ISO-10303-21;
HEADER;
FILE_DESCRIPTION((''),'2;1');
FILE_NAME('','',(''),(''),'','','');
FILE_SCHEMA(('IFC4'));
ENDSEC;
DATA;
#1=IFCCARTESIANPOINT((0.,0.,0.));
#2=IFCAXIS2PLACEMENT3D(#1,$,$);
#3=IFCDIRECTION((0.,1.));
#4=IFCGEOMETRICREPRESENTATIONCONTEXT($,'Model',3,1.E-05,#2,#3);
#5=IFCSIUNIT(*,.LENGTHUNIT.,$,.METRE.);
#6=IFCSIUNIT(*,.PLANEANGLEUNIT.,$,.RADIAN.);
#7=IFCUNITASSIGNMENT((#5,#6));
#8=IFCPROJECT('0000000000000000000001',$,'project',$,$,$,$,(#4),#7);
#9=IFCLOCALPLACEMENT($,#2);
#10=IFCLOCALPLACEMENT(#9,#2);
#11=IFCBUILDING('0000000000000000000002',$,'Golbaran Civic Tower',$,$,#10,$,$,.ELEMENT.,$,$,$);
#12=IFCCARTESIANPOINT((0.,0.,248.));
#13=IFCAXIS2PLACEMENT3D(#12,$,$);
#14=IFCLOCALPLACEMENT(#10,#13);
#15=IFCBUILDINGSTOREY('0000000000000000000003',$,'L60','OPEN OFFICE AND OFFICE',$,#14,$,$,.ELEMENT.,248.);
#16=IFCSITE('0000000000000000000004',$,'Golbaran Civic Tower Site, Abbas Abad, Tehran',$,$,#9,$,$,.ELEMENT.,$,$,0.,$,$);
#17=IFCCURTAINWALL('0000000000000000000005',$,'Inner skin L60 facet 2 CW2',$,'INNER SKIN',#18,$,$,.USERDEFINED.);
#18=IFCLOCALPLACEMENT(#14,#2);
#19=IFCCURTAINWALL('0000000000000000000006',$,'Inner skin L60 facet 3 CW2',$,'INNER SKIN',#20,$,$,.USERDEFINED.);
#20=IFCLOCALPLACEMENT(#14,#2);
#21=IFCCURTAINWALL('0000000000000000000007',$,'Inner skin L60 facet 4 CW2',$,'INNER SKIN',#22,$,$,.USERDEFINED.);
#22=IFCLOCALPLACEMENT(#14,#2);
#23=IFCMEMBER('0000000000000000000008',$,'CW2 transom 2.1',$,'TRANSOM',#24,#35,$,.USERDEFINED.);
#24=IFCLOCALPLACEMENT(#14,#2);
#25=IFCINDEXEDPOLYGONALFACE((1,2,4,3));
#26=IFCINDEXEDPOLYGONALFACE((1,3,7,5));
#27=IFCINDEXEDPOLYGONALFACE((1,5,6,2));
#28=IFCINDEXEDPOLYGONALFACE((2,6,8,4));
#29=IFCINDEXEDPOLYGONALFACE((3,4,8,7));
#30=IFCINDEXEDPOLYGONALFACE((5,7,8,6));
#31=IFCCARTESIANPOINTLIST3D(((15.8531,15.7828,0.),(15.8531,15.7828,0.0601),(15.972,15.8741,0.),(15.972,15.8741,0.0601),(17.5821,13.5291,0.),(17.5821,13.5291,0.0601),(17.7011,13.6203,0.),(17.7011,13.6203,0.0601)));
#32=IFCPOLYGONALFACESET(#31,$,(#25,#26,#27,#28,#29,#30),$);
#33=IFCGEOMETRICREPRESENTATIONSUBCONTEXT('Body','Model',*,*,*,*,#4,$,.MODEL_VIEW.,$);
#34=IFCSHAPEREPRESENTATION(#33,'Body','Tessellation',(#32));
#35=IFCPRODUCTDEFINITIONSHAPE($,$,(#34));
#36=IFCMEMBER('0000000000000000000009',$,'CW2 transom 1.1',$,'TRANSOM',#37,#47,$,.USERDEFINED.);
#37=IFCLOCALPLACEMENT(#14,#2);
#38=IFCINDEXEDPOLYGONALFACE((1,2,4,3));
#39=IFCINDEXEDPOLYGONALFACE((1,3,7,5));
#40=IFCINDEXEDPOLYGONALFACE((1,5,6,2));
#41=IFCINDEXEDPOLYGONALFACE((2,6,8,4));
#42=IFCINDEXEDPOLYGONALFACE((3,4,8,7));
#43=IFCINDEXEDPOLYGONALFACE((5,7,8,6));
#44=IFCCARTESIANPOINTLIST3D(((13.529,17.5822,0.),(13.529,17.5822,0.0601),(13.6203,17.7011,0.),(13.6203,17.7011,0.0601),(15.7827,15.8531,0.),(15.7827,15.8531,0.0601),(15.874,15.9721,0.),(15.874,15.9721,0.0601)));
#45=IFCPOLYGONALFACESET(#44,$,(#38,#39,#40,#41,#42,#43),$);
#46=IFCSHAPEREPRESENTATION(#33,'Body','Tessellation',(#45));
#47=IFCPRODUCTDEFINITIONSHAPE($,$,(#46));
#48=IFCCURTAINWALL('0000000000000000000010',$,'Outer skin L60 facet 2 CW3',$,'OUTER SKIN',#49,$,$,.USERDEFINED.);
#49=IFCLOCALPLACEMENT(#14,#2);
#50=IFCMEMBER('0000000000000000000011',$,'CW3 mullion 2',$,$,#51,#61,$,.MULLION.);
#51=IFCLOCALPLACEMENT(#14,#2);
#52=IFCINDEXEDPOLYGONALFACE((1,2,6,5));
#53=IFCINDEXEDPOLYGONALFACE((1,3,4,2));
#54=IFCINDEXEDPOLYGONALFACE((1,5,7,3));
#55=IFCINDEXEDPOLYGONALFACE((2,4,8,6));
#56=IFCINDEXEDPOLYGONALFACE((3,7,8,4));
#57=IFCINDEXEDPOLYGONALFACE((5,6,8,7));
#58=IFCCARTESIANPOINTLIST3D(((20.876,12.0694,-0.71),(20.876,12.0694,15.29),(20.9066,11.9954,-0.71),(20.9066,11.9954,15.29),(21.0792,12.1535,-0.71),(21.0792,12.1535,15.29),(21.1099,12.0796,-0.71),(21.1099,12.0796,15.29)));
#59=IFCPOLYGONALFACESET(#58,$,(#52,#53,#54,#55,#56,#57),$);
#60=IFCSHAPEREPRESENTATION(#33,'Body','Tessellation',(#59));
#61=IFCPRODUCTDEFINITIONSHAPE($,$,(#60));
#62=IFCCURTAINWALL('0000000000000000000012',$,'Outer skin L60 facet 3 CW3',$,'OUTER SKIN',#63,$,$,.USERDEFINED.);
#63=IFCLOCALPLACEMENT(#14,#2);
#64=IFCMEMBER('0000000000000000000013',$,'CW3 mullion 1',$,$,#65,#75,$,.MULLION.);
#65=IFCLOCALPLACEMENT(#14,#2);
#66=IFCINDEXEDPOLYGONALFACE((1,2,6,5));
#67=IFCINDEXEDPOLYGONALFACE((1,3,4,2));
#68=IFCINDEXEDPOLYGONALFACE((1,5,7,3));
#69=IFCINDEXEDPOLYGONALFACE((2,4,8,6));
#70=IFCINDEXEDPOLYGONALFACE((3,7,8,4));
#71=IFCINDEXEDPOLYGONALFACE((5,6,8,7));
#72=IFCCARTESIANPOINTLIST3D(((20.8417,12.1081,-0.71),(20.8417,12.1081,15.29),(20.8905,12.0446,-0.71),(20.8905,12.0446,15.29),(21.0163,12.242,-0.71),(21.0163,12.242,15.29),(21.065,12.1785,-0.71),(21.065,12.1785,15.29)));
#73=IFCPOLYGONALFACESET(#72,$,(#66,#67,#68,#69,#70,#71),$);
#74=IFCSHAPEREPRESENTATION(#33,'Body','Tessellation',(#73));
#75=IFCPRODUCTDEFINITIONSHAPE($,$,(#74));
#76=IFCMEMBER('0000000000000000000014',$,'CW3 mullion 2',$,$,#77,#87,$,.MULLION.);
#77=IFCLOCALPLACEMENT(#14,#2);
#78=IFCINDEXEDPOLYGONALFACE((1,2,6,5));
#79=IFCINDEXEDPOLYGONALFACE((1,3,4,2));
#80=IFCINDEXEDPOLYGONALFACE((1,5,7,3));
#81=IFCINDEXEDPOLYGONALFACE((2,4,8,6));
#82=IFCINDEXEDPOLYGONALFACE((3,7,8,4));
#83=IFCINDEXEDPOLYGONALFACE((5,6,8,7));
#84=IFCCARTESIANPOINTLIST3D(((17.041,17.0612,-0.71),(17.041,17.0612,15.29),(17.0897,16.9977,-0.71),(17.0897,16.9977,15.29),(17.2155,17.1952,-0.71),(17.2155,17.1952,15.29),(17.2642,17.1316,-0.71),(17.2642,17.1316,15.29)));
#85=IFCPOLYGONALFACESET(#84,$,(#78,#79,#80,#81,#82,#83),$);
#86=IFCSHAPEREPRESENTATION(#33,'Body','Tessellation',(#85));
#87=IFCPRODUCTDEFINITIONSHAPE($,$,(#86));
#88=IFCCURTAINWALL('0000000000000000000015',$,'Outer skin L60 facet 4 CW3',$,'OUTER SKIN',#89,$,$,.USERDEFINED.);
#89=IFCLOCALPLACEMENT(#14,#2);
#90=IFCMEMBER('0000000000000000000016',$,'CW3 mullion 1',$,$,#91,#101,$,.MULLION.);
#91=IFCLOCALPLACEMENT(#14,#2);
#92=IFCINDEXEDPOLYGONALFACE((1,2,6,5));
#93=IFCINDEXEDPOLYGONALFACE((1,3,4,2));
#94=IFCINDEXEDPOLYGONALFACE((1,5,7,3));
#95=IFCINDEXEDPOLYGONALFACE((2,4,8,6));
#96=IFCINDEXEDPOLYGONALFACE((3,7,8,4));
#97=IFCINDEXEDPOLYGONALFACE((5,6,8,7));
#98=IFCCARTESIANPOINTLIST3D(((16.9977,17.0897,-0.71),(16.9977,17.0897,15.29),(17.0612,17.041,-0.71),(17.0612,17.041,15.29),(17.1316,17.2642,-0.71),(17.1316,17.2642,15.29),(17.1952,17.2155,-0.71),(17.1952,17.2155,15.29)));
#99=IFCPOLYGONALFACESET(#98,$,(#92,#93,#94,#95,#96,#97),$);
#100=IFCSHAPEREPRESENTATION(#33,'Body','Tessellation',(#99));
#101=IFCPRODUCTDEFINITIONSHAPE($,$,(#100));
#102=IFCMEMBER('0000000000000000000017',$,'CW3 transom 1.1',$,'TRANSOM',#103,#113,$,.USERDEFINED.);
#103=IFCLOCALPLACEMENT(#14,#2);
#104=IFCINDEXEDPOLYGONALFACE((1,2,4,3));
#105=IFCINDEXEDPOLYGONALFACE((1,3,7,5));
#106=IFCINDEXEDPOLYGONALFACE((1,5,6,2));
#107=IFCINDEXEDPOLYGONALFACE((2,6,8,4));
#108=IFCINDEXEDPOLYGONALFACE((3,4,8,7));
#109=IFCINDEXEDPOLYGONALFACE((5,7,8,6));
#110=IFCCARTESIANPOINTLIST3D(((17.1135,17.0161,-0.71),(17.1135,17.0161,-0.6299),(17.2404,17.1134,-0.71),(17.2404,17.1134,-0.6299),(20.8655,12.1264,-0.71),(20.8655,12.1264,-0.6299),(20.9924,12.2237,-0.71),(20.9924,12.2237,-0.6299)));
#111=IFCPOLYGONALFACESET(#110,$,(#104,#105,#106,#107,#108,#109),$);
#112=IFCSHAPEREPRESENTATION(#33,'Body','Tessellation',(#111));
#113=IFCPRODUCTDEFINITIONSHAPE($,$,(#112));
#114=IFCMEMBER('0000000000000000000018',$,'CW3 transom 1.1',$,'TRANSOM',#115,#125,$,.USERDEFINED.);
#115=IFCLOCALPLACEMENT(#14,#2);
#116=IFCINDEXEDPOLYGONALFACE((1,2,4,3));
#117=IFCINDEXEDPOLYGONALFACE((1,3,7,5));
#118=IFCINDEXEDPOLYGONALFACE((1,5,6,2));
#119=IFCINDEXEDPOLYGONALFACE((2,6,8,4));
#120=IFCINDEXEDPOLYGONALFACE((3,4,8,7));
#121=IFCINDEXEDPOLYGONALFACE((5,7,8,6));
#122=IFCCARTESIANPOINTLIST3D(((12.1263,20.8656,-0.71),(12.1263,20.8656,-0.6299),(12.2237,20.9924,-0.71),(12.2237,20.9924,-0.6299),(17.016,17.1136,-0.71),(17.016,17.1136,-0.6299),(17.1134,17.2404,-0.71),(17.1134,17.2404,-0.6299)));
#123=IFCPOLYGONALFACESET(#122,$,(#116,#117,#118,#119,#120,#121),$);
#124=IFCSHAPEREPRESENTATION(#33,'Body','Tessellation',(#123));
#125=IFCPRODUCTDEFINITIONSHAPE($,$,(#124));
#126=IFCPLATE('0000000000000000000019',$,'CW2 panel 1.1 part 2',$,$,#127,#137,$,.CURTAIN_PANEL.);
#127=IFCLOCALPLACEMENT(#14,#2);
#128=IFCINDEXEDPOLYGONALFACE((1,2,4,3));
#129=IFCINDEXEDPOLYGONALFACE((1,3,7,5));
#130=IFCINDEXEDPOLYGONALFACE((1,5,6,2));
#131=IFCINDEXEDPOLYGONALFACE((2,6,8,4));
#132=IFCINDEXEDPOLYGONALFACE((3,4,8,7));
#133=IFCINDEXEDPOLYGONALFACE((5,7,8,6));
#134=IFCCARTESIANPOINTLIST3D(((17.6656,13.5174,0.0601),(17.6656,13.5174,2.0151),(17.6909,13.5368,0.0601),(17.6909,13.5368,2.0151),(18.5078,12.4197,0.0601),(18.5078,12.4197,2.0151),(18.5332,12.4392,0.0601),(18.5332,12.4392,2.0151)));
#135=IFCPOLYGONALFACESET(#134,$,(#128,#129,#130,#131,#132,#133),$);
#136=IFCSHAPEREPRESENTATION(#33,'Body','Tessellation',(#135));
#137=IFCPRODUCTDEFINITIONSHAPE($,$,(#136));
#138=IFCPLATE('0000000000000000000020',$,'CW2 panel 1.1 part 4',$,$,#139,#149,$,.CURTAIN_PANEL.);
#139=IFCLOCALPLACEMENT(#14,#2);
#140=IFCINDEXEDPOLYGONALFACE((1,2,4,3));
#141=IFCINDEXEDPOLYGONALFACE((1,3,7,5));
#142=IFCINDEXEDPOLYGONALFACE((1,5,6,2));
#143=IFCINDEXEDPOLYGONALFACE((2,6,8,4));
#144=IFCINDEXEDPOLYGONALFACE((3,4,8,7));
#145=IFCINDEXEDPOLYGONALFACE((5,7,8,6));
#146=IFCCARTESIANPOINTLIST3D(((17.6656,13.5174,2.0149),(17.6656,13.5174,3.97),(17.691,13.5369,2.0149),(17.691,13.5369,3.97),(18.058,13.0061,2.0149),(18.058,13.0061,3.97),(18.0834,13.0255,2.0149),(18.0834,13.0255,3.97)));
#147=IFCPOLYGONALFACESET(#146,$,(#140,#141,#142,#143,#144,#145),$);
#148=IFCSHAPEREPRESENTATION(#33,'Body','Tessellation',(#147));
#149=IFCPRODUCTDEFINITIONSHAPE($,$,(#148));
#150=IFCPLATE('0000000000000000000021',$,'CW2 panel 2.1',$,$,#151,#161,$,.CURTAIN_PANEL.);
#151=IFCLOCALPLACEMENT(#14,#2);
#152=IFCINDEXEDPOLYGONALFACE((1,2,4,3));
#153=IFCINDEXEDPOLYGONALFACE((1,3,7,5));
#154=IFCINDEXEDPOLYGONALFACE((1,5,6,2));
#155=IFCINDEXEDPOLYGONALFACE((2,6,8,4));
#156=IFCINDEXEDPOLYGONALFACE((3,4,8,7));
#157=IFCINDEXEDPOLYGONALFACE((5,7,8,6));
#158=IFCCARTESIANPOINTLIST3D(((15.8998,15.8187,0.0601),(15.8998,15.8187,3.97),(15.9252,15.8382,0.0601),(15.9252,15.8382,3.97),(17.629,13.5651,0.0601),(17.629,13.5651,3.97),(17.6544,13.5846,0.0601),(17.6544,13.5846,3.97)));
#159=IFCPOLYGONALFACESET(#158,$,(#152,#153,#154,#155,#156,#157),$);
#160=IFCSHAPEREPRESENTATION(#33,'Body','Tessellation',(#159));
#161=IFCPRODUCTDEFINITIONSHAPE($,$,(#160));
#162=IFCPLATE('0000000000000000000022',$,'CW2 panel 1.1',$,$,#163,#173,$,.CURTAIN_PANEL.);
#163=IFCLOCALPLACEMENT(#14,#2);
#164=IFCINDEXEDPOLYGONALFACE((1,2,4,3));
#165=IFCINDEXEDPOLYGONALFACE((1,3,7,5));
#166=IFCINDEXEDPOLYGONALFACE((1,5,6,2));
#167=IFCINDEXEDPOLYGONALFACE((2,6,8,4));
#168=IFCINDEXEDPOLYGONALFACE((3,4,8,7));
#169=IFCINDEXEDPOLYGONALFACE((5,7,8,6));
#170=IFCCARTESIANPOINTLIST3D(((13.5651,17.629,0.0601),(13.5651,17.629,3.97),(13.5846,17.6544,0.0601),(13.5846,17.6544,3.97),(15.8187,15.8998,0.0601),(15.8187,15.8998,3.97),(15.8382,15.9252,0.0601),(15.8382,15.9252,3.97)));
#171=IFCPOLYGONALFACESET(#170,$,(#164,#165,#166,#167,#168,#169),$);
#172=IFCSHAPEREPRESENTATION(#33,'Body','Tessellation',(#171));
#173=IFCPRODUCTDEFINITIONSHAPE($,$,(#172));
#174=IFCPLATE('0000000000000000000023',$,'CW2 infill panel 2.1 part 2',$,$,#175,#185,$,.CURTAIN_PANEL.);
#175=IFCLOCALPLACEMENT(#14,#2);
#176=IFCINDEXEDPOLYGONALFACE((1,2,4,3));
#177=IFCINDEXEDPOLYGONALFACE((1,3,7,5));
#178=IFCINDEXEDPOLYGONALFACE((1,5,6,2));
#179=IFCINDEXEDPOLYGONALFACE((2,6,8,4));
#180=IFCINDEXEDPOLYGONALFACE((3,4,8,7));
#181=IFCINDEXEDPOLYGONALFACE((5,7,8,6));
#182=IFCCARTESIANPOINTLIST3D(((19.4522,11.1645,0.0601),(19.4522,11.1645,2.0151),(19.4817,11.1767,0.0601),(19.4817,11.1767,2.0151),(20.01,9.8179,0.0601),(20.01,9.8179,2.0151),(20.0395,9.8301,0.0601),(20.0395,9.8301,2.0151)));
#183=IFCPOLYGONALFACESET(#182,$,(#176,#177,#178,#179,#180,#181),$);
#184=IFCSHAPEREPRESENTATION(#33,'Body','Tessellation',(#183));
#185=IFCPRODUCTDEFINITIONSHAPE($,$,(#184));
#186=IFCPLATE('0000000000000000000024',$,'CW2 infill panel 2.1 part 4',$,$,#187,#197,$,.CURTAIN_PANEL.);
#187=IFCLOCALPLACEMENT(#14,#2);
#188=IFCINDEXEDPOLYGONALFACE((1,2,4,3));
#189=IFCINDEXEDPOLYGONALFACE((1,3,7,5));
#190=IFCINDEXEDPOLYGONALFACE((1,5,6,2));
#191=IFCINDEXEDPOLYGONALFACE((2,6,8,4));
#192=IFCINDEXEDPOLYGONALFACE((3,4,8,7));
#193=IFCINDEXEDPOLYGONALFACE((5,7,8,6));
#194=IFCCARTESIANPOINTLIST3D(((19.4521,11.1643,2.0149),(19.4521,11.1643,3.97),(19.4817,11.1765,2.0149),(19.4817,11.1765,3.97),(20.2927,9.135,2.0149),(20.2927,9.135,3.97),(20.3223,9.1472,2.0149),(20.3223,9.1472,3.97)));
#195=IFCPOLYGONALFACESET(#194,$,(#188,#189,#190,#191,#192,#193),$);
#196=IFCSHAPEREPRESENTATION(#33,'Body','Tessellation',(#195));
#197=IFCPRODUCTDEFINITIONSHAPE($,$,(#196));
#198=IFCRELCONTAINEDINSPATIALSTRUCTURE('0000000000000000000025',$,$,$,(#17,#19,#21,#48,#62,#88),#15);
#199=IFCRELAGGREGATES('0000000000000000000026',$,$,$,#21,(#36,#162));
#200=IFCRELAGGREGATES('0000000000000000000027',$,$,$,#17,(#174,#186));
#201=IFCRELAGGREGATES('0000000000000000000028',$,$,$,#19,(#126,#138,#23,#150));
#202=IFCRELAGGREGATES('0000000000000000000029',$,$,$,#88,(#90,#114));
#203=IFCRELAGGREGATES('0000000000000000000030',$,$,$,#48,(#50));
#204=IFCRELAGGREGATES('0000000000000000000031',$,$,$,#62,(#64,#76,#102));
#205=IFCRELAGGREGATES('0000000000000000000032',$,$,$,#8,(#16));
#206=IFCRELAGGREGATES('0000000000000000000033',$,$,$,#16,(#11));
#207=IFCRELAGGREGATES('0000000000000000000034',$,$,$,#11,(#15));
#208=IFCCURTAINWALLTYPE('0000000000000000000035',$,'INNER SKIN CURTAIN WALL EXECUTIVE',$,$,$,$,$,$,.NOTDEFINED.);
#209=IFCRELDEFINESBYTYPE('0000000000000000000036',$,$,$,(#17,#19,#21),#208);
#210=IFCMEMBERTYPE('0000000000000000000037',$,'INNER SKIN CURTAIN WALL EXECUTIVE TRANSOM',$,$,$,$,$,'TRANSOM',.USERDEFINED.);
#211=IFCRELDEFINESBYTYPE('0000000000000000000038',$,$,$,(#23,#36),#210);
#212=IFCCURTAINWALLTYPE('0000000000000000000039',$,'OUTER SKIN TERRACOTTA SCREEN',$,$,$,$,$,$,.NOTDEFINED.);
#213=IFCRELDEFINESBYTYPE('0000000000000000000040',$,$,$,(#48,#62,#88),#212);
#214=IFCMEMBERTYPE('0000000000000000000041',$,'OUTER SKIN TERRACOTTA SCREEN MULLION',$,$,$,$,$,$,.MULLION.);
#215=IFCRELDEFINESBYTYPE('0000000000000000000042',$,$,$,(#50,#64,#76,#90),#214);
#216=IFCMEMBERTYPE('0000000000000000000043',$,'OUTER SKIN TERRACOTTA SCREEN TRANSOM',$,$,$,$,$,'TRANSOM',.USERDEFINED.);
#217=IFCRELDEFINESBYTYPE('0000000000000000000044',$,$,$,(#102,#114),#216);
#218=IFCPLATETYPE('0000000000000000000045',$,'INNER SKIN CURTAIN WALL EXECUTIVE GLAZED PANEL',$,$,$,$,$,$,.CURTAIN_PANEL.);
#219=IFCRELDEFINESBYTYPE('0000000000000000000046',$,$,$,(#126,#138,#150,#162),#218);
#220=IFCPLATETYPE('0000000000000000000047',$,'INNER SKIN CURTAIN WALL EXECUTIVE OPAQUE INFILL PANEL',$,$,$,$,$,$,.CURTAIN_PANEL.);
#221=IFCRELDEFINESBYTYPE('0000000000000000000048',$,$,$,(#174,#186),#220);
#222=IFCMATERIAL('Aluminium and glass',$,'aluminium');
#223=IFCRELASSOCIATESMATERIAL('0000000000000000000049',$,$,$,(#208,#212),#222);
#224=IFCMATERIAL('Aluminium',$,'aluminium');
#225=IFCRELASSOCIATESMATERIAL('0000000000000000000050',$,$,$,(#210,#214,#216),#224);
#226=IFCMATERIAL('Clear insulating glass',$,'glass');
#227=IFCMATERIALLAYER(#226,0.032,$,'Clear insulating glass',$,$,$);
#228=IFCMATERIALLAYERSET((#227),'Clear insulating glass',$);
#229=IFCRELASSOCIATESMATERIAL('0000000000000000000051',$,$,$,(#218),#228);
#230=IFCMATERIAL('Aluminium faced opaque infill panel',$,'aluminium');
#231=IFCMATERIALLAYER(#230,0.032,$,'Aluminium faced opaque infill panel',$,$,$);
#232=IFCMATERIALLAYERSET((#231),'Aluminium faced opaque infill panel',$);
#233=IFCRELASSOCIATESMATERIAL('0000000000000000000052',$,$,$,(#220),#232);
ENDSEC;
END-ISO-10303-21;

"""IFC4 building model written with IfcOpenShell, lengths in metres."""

from ifc_helpers import new_model, si_unit, direction, frame, origin, origin_2d, place, context, subcontext, project, spatial, rectangle, extrude, material, layer, layer_set, material_profile, profile_set, type_object, element, aggregate, save


model = new_model("IFC4")

# Units and contexts
model_context = context("Model", 3, precision=1e-05, world=origin(), true_north=direction((0.0, 1.0)))
body_context = subcontext(model_context, "Body", "Model", "MODEL_VIEW")
ifc_project = project(units=[si_unit("LENGTHUNIT", "METRE"), si_unit("PLANEANGLEUNIT", "RADIAN")], contexts=[model_context])

# Site, building, storey
site_placement = place(None, origin())
site = spatial("IfcSite", under=ifc_project, at=site_placement, Name="Golbaran Civic Tower Site, Abbas Abad, Tehran", CompositionType="ELEMENT", RefElevation=0.0)
building_placement = place(site_placement, origin())
building = spatial("IfcBuilding", under=site, at=building_placement, Name="Golbaran Civic Tower", CompositionType="ELEMENT")
storey_placement = place(building_placement, frame((0.0, 0.0, 248.0)))
storey = spatial("IfcBuildingStorey", under=building, at=storey_placement, Name="L60", Description="OPEN OFFICE AND OFFICE", CompositionType="ELEMENT", Elevation=248.0)

# Curtain wall
ifc_material_1 = material(Name="Aluminium and glass", Category="aluminium")
curtain_wall_type_1 = type_object("IfcCurtainWallType", Name="INNER SKIN CURTAIN WALL EXECUTIVE", PredefinedType="NOTDEFINED", material=ifc_material_1)
curtain_wall_1_placement = place(storey_placement, origin())
curtain_wall_1 = element("IfcCurtainWall", 1, at=curtain_wall_1_placement, inside=storey, type_object=curtain_wall_type_1, Name="Inner skin L60 facet 2 CW2", ObjectType="INNER SKIN", PredefinedType="USERDEFINED")
ifc_material_2 = material(Name="Aluminium", Category="aluminium")

# Curtain wall
curtain_wall_2_placement = place(storey_placement, origin())
curtain_wall_2 = element("IfcCurtainWall", 2, at=curtain_wall_2_placement, inside=storey, type_object=curtain_wall_type_1, Name="Inner skin L60 facet 3 CW2", ObjectType="INNER SKIN", PredefinedType="USERDEFINED")

# Curtain wall
curtain_wall_3_placement = place(storey_placement, origin())
curtain_wall_3 = element("IfcCurtainWall", 3, at=curtain_wall_3_placement, inside=storey, type_object=curtain_wall_type_1, Name="Inner skin L60 facet 4 CW2", ObjectType="INNER SKIN", PredefinedType="USERDEFINED")

# Members
ifc_material_profile_1 = material_profile(ifc_material_2, rectangle(XDim=0.1499, YDim=0.0601, at=origin_2d()), Name="INNER SKIN CURTAIN WALL EXECUTIVE TRANSOM")
ifc_profile_set_1 = profile_set([ifc_material_profile_1], Name="Aluminium")
member_type_1 = type_object("IfcMemberType", Name="INNER SKIN CURTAIN WALL EXECUTIVE TRANSOM", ElementType="TRANSOM", PredefinedType="USERDEFINED", material=ifc_profile_set_1)
member_1_placement = place(storey_placement, frame((17.6416, 13.5747, 0.03), z_axis=(-0.608697, 0.793403, 0.0), x_axis=(-0.793403, -0.608697, 0.0)))
member_1 = element("IfcMember", 4, at=member_1_placement, type_object=member_type_1, Name="CW2 transom 2.1", ObjectType="TRANSOM", PredefinedType="USERDEFINED", context=body_context, shape_type="SweptSolid", body=[
    extrude(rectangle(XDim=0.1499, YDim=0.0601, at=origin_2d()), origin(), (0.0, 0.0, 1.0), 2.8406),
])
member_2_placement = place(storey_placement, frame((15.8284, 15.9126, 0.03), z_axis=(-0.793403, 0.608697, 0.0), x_axis=(-0.608697, -0.793403, 0.0)))
member_2 = element("IfcMember", 5, at=member_2_placement, type_object=member_type_1, Name="CW2 transom 1.1", ObjectType="TRANSOM", PredefinedType="USERDEFINED", context=body_context, shape_type="SweptSolid", body=[
    extrude(rectangle(XDim=0.1499, YDim=0.0601, at=origin_2d()), origin(), (0.0, 0.0, 1.0), 2.8406),
])

# Curtain wall, member
curtain_wall_type_2 = type_object("IfcCurtainWallType", Name="OUTER SKIN TERRACOTTA SCREEN", PredefinedType="NOTDEFINED", material=ifc_material_1)
curtain_wall_4_placement = place(storey_placement, origin())
curtain_wall_4 = element("IfcCurtainWall", 6, at=curtain_wall_4_placement, inside=storey, type_object=curtain_wall_type_2, Name="Outer skin L60 facet 2 CW3", ObjectType="OUTER SKIN", PredefinedType="USERDEFINED")
ifc_material_profile_2 = material_profile(ifc_material_2, rectangle(XDim=0.22, YDim=0.0801, at=origin_2d()), Name="OUTER SKIN TERRACOTTA SCREEN MULLION")
ifc_profile_set_2 = profile_set([ifc_material_profile_2], Name="Aluminium")
member_type_2 = type_object("IfcMemberType", Name="OUTER SKIN TERRACOTTA SCREEN MULLION", PredefinedType="MULLION", material=ifc_profile_set_2)
member_3_placement = place(storey_placement, frame((20.9929, 12.0745, -0.71), z_axis=(0.0, 0.0, 1.0), x_axis=(-0.92388, -0.382683, 0.0)))
member_3 = element("IfcMember", 7, at=member_3_placement, type_object=member_type_2, Name="CW3 mullion 2", PredefinedType="MULLION", context=body_context, shape_type="SweptSolid", body=[
    extrude(rectangle(XDim=0.22, YDim=0.0801, at=origin_2d()), origin(), (0.0, 0.0, 1.0), 16.0),
])

# Curtain wall, members
curtain_wall_5_placement = place(storey_placement, origin())
curtain_wall_5 = element("IfcCurtainWall", 8, at=curtain_wall_5_placement, inside=storey, type_object=curtain_wall_type_2, Name="Outer skin L60 facet 3 CW3", ObjectType="OUTER SKIN", PredefinedType="USERDEFINED")
member_4_placement = place(storey_placement, frame((20.9534, 12.1433, -0.71), z_axis=(0.0, 0.0, 1.0), x_axis=(-0.793353, -0.608761, 0.0)))
member_4 = element("IfcMember", 9, at=member_4_placement, type_object=member_type_2, Name="CW3 mullion 1", PredefinedType="MULLION", context=body_context, shape_type="SweptSolid", body=[
    extrude(rectangle(XDim=0.22, YDim=0.0801, at=origin_2d()), origin(), (0.0, 0.0, 1.0), 16.0),
])
member_5_placement = place(storey_placement, frame((17.1526, 17.0964, -0.71), z_axis=(0.0, 0.0, 1.0), x_axis=(-0.793353, -0.608761, 0.0)))
member_5 = element("IfcMember", 10, at=member_5_placement, type_object=member_type_2, Name="CW3 mullion 2", PredefinedType="MULLION", context=body_context, shape_type="SweptSolid", body=[
    extrude(rectangle(XDim=0.22, YDim=0.0801, at=origin_2d()), origin(), (0.0, 0.0, 1.0), 16.0),
])

# Curtain wall, member
curtain_wall_6_placement = place(storey_placement, origin())
curtain_wall_6 = element("IfcCurtainWall", 11, at=curtain_wall_6_placement, inside=storey, type_object=curtain_wall_type_2, Name="Outer skin L60 facet 4 CW3", ObjectType="OUTER SKIN", PredefinedType="USERDEFINED")
member_6_placement = place(storey_placement, frame((17.0964, 17.1526, -0.71), z_axis=(0.0, 0.0, 1.0), x_axis=(-0.608761, -0.793353, 0.0)))
member_6 = element("IfcMember", 12, at=member_6_placement, type_object=member_type_2, Name="CW3 mullion 1", PredefinedType="MULLION", context=body_context, shape_type="SweptSolid", body=[
    extrude(rectangle(XDim=0.22, YDim=0.0801, at=origin_2d()), origin(), (0.0, 0.0, 1.0), 16.0),
])

# Members
ifc_material_profile_3 = material_profile(ifc_material_2, rectangle(XDim=0.1599, YDim=0.0801, at=origin_2d()), Name="OUTER SKIN TERRACOTTA SCREEN TRANSOM")
ifc_profile_set_3 = profile_set([ifc_material_profile_3], Name="Aluminium")
member_type_3 = type_object("IfcMemberType", Name="OUTER SKIN TERRACOTTA SCREEN TRANSOM", ElementType="TRANSOM", PredefinedType="USERDEFINED", material=ifc_profile_set_3)
member_7_placement = place(storey_placement, frame((20.929, 12.175, -0.6699), z_axis=(-0.608761, 0.793354, 0.0), x_axis=(-0.793354, -0.608761, 0.0)))
member_7 = element("IfcMember", 13, at=member_7_placement, type_object=member_type_3, Name="CW3 transom 1.1", ObjectType="TRANSOM", PredefinedType="USERDEFINED", context=body_context, shape_type="SweptSolid", body=[
    extrude(rectangle(XDim=0.1599, YDim=0.0801, at=origin_2d()), origin(), (0.0, 0.0, 1.0), 6.1633),
])
member_8_placement = place(storey_placement, frame((17.0647, 17.177, -0.6699), z_axis=(-0.793354, 0.608761, 0.0), x_axis=(-0.608761, -0.793354, 0.0)))
member_8 = element("IfcMember", 14, at=member_8_placement, type_object=member_type_3, Name="CW3 transom 1.1", ObjectType="TRANSOM", PredefinedType="USERDEFINED", context=body_context, shape_type="SweptSolid", body=[
    extrude(rectangle(XDim=0.1599, YDim=0.0801, at=origin_2d()), origin(), (0.0, 0.0, 1.0), 6.1633),
])

# Plates
ifc_material_3 = material(Name="Clear insulating glass", Category="glass")
ifc_layer_1 = layer(ifc_material_3, 0.032, Name="Clear insulating glass")
ifc_layer_set_1 = layer_set([ifc_layer_1], Name="Clear insulating glass")
plate_type_1 = type_object("IfcPlateType", Name="INNER SKIN CURTAIN WALL EXECUTIVE GLAZED PANEL", PredefinedType="CURTAIN_PANEL", material=ifc_layer_set_1)
plate_1_placement = place(storey_placement, frame((18.0994, 12.9783, 0.0601), z_axis=(0.0, 0.0, 1.0), x_axis=(-0.608761, 0.793353, 0.0)))
plate_1 = element("IfcPlate", 15, at=plate_1_placement, type_object=plate_type_1, Name="CW2 panel 1.1 part 2", PredefinedType="CURTAIN_PANEL", context=body_context, shape_type="SweptSolid", body=[
    extrude(rectangle(XDim=1.3835, YDim=0.032, at=origin_2d()), origin(), (0.0, 0.0, 1.0), 1.9551),
])
plate_2_placement = place(storey_placement, frame((17.8745, 13.2715, 2.0149), z_axis=(0.0, 0.0, 1.0), x_axis=(-0.608761, 0.793353, 0.0)))
plate_2 = element("IfcPlate", 16, at=plate_2_placement, type_object=plate_type_1, Name="CW2 panel 1.1 part 4", PredefinedType="CURTAIN_PANEL", context=body_context, shape_type="SweptSolid", body=[
    extrude(rectangle(XDim=0.6445, YDim=0.032, at=origin_2d()), origin(), (0.0, 0.0, 1.0), 1.9551),
])
plate_3_placement = place(storey_placement, frame((16.7771, 14.7017, 0.0601), z_axis=(0.0, 0.0, 1.0), x_axis=(-0.608761, 0.793353, 0.0)))
plate_3 = element("IfcPlate", 17, at=plate_3_placement, type_object=plate_type_1, Name="CW2 panel 2.1", PredefinedType="CURTAIN_PANEL", context=body_context, shape_type="SweptSolid", body=[
    extrude(rectangle(XDim=2.8406, YDim=0.032, at=origin_2d()), origin(), (0.0, 0.0, 1.0), 3.9099),
])
plate_4_placement = place(storey_placement, frame((14.7017, 16.7771, 0.0601), z_axis=(0.0, 0.0, 1.0), x_axis=(-0.793353, 0.608761, 0.0)))
plate_4 = element("IfcPlate", 18, at=plate_4_placement, type_object=plate_type_1, Name="CW2 panel 1.1", PredefinedType="CURTAIN_PANEL", context=body_context, shape_type="SweptSolid", body=[
    extrude(rectangle(XDim=2.8406, YDim=0.032, at=origin_2d()), origin(), (0.0, 0.0, 1.0), 3.9099),
])
aggregate(curtain_wall_3, [member_2, plate_4])
ifc_material_4 = material(Name="Aluminium faced opaque infill panel", Category="aluminium")
ifc_layer_2 = layer(ifc_material_4, 0.032, Name="Aluminium faced opaque infill panel")
ifc_layer_set_2 = layer_set([ifc_layer_2], Name="Aluminium faced opaque infill panel")
plate_type_2 = type_object("IfcPlateType", Name="INNER SKIN CURTAIN WALL EXECUTIVE OPAQUE INFILL PANEL", PredefinedType="CURTAIN_PANEL", material=ifc_layer_set_2)
plate_5_placement = place(storey_placement, frame((19.7458, 10.4973, 0.0601), z_axis=(0.0, 0.0, 1.0), x_axis=(-0.382683, 0.92388, 0.0)))
plate_5 = element("IfcPlate", 19, at=plate_5_placement, type_object=plate_type_2, Name="CW2 infill panel 2.1 part 2", PredefinedType="CURTAIN_PANEL", context=body_context, shape_type="SweptSolid", body=[
    extrude(rectangle(XDim=1.4575, YDim=0.032, at=origin_2d()), origin(), (0.0, 0.0, 1.0), 1.9551),
])
plate_6_placement = place(storey_placement, frame((19.8872, 10.1558, 2.0149), z_axis=(0.0, 0.0, 1.0), x_axis=(-0.382683, 0.92388, 0.0)))
plate_6 = element("IfcPlate", 20, at=plate_6_placement, type_object=plate_type_2, Name="CW2 infill panel 2.1 part 4", PredefinedType="CURTAIN_PANEL", context=body_context, shape_type="SweptSolid", body=[
    extrude(rectangle(XDim=2.1965, YDim=0.032, at=origin_2d()), origin(), (0.0, 0.0, 1.0), 1.9551),
])
aggregate(curtain_wall_1, [plate_5, plate_6])
aggregate(curtain_wall_2, [plate_1, plate_2, member_1, plate_3])
aggregate(curtain_wall_6, [member_6, member_8])
aggregate(curtain_wall_4, [member_3])
aggregate(curtain_wall_5, [member_4, member_5, member_7])

save(model, "model.ifc")
